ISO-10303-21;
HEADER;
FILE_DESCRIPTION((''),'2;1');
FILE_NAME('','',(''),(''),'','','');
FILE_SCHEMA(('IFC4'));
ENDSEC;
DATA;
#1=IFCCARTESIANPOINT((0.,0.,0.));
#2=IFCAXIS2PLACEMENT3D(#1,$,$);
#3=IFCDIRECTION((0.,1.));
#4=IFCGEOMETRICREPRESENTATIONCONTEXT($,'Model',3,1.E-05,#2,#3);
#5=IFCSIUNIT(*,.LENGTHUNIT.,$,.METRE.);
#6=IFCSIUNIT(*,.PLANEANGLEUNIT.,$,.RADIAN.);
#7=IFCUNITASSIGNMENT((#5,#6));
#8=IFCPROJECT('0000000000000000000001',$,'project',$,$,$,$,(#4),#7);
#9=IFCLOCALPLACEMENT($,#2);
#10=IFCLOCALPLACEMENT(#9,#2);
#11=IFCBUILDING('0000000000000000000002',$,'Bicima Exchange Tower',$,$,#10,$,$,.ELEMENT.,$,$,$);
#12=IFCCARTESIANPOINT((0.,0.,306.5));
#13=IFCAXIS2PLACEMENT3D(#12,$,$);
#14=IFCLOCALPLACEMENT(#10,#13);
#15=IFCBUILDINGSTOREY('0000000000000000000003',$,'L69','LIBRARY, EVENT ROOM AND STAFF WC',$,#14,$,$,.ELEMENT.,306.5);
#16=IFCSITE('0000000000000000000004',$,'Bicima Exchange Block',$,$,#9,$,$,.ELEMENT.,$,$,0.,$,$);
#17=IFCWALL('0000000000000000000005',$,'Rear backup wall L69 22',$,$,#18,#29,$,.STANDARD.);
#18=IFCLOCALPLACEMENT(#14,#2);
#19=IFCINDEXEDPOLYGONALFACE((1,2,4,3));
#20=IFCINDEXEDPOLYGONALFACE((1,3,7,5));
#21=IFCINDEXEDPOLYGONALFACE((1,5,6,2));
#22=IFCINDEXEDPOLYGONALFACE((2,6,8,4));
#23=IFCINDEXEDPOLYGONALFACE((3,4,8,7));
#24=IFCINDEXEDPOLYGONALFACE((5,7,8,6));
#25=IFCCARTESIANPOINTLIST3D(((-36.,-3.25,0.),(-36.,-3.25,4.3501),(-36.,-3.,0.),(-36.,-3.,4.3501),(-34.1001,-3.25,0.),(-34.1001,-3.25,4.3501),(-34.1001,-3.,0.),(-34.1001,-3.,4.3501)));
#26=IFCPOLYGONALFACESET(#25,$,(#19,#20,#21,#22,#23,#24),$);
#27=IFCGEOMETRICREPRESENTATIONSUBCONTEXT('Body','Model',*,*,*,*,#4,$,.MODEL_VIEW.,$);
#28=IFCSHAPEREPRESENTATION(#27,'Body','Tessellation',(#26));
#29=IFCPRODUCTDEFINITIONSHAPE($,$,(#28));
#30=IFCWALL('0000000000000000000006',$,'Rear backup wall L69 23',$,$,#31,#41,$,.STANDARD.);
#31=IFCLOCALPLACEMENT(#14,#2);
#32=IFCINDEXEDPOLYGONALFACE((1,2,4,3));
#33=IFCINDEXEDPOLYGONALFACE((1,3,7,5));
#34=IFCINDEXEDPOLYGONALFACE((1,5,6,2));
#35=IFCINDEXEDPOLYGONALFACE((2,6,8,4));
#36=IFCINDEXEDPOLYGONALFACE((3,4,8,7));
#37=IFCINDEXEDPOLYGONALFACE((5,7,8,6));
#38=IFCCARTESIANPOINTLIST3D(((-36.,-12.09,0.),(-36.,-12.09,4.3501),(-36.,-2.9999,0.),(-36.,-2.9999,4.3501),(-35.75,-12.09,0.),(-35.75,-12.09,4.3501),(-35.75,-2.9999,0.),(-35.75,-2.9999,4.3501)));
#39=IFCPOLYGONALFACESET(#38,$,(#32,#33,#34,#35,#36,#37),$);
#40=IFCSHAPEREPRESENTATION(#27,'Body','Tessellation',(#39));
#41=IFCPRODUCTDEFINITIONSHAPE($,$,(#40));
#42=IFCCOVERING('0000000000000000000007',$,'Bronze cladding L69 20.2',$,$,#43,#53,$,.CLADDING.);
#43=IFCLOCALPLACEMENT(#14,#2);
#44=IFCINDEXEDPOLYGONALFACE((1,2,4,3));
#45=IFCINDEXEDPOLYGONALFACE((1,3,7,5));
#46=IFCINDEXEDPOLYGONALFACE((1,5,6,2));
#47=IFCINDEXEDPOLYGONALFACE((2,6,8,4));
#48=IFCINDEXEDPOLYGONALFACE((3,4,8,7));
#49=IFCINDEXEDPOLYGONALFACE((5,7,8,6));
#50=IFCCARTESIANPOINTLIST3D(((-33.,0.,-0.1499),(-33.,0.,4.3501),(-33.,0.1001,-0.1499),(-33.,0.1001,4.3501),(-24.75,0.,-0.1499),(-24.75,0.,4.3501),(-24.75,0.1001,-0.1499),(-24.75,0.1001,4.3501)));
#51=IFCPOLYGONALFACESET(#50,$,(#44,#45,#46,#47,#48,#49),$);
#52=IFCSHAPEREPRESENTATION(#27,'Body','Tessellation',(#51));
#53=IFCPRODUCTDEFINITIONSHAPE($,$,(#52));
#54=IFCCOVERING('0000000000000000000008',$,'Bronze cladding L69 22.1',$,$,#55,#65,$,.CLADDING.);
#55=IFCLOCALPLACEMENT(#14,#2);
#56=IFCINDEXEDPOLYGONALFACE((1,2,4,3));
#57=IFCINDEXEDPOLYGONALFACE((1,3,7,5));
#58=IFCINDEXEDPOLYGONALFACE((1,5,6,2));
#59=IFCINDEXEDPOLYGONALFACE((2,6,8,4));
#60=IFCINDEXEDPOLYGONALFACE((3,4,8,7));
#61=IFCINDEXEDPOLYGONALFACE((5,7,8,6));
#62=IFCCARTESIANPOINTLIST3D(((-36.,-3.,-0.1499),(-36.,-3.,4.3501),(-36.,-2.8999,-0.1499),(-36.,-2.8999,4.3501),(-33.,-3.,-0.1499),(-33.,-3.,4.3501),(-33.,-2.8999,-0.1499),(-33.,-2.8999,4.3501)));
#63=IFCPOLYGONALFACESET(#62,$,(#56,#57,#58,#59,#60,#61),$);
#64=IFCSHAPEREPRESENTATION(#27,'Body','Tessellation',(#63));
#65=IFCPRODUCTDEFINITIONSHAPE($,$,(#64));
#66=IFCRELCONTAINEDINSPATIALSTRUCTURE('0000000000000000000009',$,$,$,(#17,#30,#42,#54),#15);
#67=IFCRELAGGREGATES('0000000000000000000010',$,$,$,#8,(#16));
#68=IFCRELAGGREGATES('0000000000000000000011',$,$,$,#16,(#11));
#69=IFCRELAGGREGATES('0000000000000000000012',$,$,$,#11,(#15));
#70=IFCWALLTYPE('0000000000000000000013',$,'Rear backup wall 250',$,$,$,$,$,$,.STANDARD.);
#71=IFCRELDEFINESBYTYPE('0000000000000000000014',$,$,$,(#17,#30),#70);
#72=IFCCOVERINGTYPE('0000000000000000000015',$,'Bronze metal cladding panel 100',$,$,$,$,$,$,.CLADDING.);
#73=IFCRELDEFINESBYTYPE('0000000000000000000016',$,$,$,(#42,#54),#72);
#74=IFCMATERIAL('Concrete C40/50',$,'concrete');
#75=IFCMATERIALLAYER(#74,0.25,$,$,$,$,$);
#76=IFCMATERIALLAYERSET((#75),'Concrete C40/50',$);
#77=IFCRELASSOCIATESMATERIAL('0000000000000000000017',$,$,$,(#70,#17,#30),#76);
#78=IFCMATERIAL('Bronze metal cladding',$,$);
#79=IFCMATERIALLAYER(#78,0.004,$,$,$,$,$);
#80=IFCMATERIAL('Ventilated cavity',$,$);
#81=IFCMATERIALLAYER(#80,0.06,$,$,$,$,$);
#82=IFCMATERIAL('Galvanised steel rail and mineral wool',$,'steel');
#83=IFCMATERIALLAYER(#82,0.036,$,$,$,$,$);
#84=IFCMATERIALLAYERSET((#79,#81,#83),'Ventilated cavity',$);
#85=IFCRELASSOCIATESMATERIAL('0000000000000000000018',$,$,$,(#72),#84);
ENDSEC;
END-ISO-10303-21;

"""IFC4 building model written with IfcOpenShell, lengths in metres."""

from ifc_helpers import new_model, si_unit, direction, frame, frame_2d, origin, origin_2d, place, context, subcontext, project, spatial, rectangle, extrude, material, layer, layer_set, layer_usage, type_object, element, save


model = new_model("IFC4")

# Units and contexts
model_context = context("Model", 3, precision=1e-05, world=origin(), true_north=direction((0.0, 1.0)))
body_context = subcontext(model_context, "Body", "Model", "MODEL_VIEW")
ifc_project = project(units=[si_unit("LENGTHUNIT", "METRE"), si_unit("PLANEANGLEUNIT", "RADIAN")], contexts=[model_context])

# Site, building, storey
site_placement = place(None, origin())
site = spatial("IfcSite", under=ifc_project, at=site_placement, Name="Bicima Exchange Block", CompositionType="ELEMENT", RefElevation=0.0)
building_placement = place(site_placement, origin())
building = spatial("IfcBuilding", under=site, at=building_placement, Name="Bicima Exchange Tower", CompositionType="ELEMENT")
storey_placement = place(building_placement, frame((0.0, 0.0, 306.5)))
storey = spatial("IfcBuildingStorey", under=building, at=storey_placement, Name="L69", Description="LIBRARY, EVENT ROOM AND STAFF WC", CompositionType="ELEMENT", Elevation=306.5)

# Shared definitions
ifc_material_1 = material(Name="Concrete C40/50", Category="concrete")

# Walls
ifc_layer_1 = layer(ifc_material_1, 0.25)
ifc_layer_set_1 = layer_set([ifc_layer_1], Name="Concrete C40/50")
ifc_layer_usage = layer_usage(ifc_layer_set_1, "AXIS2", "POSITIVE", -0.125)
wall_type_1 = type_object("IfcWallType", Name="Rear backup wall 250", PredefinedType="STANDARD", material=ifc_layer_set_1)
wall_1_placement = place(storey_placement, frame((-34.1001, -3.125, 0.0), z_axis=(0.0, 0.0, 1.0), x_axis=(-1.0, 0.0, 0.0)))
element("IfcWall", 1, at=wall_1_placement, inside=storey, type_object=wall_type_1, material=ifc_layer_usage, Name="Rear backup wall L69 22", PredefinedType="STANDARD", context=body_context, shape_type="SweptSolid", body=[
    extrude(rectangle(XDim=1.8999, YDim=0.25, at=frame_2d((0.95, 0.0))), origin(), (0.0, 0.0, 1.0), 4.3501),
])
wall_2_placement = place(storey_placement, frame((-35.875, -3.0, 0.0), z_axis=(0.0, 0.0, 1.0), x_axis=(0.0, -1.0, 0.0)))
element("IfcWall", 2, at=wall_2_placement, inside=storey, type_object=wall_type_1, material=ifc_layer_usage, Name="Rear backup wall L69 23", PredefinedType="STANDARD", context=body_context, shape_type="SweptSolid", body=[
    extrude(rectangle(XDim=9.0901, YDim=0.25, at=frame_2d((4.5449, 0.0))), origin(), (0.0, 0.0, 1.0), 4.3501),
])

# Coverings
ifc_material_2 = material(Name="Bronze metal cladding")
ifc_layer_2 = layer(ifc_material_2, 0.004)
ifc_material_3 = material(Name="Ventilated cavity")
ifc_layer_3 = layer(ifc_material_3, 0.06)
ifc_material_4 = material(Name="Galvanised steel rail and mineral wool", Category="steel")
ifc_layer_4 = layer(ifc_material_4, 0.036)
ifc_layer_set_2 = layer_set([ifc_layer_2, ifc_layer_3, ifc_layer_4], Name="Ventilated cavity")
covering_type = type_object("IfcCoveringType", Name="Bronze metal cladding panel 100", PredefinedType="CLADDING", material=ifc_layer_set_2)
covering_1_placement = place(storey_placement, frame((-28.875, 0.05, -0.1499), z_axis=(0.0, 0.0, 1.0), x_axis=(-1.0, 0.0, 0.0)))
element("IfcCovering", 3, at=covering_1_placement, inside=storey, type_object=covering_type, Name="Bronze cladding L69 20.2", PredefinedType="CLADDING", context=body_context, shape_type="SweptSolid", body=[
    extrude(rectangle(XDim=8.25, YDim=0.1001, at=origin_2d()), origin(), (0.0, 0.0, 1.0), 4.5),
])
covering_2_placement = place(storey_placement, frame((-34.5, -2.95, -0.1499), z_axis=(0.0, 0.0, 1.0), x_axis=(-1.0, 0.0, 0.0)))
element("IfcCovering", 4, at=covering_2_placement, inside=storey, type_object=covering_type, Name="Bronze cladding L69 22.1", PredefinedType="CLADDING", context=body_context, shape_type="SweptSolid", body=[
    extrude(rectangle(XDim=3.0, YDim=0.1001, at=origin_2d()), origin(), (0.0, 0.0, 1.0), 4.5),
])

save(model, "model.ifc")
